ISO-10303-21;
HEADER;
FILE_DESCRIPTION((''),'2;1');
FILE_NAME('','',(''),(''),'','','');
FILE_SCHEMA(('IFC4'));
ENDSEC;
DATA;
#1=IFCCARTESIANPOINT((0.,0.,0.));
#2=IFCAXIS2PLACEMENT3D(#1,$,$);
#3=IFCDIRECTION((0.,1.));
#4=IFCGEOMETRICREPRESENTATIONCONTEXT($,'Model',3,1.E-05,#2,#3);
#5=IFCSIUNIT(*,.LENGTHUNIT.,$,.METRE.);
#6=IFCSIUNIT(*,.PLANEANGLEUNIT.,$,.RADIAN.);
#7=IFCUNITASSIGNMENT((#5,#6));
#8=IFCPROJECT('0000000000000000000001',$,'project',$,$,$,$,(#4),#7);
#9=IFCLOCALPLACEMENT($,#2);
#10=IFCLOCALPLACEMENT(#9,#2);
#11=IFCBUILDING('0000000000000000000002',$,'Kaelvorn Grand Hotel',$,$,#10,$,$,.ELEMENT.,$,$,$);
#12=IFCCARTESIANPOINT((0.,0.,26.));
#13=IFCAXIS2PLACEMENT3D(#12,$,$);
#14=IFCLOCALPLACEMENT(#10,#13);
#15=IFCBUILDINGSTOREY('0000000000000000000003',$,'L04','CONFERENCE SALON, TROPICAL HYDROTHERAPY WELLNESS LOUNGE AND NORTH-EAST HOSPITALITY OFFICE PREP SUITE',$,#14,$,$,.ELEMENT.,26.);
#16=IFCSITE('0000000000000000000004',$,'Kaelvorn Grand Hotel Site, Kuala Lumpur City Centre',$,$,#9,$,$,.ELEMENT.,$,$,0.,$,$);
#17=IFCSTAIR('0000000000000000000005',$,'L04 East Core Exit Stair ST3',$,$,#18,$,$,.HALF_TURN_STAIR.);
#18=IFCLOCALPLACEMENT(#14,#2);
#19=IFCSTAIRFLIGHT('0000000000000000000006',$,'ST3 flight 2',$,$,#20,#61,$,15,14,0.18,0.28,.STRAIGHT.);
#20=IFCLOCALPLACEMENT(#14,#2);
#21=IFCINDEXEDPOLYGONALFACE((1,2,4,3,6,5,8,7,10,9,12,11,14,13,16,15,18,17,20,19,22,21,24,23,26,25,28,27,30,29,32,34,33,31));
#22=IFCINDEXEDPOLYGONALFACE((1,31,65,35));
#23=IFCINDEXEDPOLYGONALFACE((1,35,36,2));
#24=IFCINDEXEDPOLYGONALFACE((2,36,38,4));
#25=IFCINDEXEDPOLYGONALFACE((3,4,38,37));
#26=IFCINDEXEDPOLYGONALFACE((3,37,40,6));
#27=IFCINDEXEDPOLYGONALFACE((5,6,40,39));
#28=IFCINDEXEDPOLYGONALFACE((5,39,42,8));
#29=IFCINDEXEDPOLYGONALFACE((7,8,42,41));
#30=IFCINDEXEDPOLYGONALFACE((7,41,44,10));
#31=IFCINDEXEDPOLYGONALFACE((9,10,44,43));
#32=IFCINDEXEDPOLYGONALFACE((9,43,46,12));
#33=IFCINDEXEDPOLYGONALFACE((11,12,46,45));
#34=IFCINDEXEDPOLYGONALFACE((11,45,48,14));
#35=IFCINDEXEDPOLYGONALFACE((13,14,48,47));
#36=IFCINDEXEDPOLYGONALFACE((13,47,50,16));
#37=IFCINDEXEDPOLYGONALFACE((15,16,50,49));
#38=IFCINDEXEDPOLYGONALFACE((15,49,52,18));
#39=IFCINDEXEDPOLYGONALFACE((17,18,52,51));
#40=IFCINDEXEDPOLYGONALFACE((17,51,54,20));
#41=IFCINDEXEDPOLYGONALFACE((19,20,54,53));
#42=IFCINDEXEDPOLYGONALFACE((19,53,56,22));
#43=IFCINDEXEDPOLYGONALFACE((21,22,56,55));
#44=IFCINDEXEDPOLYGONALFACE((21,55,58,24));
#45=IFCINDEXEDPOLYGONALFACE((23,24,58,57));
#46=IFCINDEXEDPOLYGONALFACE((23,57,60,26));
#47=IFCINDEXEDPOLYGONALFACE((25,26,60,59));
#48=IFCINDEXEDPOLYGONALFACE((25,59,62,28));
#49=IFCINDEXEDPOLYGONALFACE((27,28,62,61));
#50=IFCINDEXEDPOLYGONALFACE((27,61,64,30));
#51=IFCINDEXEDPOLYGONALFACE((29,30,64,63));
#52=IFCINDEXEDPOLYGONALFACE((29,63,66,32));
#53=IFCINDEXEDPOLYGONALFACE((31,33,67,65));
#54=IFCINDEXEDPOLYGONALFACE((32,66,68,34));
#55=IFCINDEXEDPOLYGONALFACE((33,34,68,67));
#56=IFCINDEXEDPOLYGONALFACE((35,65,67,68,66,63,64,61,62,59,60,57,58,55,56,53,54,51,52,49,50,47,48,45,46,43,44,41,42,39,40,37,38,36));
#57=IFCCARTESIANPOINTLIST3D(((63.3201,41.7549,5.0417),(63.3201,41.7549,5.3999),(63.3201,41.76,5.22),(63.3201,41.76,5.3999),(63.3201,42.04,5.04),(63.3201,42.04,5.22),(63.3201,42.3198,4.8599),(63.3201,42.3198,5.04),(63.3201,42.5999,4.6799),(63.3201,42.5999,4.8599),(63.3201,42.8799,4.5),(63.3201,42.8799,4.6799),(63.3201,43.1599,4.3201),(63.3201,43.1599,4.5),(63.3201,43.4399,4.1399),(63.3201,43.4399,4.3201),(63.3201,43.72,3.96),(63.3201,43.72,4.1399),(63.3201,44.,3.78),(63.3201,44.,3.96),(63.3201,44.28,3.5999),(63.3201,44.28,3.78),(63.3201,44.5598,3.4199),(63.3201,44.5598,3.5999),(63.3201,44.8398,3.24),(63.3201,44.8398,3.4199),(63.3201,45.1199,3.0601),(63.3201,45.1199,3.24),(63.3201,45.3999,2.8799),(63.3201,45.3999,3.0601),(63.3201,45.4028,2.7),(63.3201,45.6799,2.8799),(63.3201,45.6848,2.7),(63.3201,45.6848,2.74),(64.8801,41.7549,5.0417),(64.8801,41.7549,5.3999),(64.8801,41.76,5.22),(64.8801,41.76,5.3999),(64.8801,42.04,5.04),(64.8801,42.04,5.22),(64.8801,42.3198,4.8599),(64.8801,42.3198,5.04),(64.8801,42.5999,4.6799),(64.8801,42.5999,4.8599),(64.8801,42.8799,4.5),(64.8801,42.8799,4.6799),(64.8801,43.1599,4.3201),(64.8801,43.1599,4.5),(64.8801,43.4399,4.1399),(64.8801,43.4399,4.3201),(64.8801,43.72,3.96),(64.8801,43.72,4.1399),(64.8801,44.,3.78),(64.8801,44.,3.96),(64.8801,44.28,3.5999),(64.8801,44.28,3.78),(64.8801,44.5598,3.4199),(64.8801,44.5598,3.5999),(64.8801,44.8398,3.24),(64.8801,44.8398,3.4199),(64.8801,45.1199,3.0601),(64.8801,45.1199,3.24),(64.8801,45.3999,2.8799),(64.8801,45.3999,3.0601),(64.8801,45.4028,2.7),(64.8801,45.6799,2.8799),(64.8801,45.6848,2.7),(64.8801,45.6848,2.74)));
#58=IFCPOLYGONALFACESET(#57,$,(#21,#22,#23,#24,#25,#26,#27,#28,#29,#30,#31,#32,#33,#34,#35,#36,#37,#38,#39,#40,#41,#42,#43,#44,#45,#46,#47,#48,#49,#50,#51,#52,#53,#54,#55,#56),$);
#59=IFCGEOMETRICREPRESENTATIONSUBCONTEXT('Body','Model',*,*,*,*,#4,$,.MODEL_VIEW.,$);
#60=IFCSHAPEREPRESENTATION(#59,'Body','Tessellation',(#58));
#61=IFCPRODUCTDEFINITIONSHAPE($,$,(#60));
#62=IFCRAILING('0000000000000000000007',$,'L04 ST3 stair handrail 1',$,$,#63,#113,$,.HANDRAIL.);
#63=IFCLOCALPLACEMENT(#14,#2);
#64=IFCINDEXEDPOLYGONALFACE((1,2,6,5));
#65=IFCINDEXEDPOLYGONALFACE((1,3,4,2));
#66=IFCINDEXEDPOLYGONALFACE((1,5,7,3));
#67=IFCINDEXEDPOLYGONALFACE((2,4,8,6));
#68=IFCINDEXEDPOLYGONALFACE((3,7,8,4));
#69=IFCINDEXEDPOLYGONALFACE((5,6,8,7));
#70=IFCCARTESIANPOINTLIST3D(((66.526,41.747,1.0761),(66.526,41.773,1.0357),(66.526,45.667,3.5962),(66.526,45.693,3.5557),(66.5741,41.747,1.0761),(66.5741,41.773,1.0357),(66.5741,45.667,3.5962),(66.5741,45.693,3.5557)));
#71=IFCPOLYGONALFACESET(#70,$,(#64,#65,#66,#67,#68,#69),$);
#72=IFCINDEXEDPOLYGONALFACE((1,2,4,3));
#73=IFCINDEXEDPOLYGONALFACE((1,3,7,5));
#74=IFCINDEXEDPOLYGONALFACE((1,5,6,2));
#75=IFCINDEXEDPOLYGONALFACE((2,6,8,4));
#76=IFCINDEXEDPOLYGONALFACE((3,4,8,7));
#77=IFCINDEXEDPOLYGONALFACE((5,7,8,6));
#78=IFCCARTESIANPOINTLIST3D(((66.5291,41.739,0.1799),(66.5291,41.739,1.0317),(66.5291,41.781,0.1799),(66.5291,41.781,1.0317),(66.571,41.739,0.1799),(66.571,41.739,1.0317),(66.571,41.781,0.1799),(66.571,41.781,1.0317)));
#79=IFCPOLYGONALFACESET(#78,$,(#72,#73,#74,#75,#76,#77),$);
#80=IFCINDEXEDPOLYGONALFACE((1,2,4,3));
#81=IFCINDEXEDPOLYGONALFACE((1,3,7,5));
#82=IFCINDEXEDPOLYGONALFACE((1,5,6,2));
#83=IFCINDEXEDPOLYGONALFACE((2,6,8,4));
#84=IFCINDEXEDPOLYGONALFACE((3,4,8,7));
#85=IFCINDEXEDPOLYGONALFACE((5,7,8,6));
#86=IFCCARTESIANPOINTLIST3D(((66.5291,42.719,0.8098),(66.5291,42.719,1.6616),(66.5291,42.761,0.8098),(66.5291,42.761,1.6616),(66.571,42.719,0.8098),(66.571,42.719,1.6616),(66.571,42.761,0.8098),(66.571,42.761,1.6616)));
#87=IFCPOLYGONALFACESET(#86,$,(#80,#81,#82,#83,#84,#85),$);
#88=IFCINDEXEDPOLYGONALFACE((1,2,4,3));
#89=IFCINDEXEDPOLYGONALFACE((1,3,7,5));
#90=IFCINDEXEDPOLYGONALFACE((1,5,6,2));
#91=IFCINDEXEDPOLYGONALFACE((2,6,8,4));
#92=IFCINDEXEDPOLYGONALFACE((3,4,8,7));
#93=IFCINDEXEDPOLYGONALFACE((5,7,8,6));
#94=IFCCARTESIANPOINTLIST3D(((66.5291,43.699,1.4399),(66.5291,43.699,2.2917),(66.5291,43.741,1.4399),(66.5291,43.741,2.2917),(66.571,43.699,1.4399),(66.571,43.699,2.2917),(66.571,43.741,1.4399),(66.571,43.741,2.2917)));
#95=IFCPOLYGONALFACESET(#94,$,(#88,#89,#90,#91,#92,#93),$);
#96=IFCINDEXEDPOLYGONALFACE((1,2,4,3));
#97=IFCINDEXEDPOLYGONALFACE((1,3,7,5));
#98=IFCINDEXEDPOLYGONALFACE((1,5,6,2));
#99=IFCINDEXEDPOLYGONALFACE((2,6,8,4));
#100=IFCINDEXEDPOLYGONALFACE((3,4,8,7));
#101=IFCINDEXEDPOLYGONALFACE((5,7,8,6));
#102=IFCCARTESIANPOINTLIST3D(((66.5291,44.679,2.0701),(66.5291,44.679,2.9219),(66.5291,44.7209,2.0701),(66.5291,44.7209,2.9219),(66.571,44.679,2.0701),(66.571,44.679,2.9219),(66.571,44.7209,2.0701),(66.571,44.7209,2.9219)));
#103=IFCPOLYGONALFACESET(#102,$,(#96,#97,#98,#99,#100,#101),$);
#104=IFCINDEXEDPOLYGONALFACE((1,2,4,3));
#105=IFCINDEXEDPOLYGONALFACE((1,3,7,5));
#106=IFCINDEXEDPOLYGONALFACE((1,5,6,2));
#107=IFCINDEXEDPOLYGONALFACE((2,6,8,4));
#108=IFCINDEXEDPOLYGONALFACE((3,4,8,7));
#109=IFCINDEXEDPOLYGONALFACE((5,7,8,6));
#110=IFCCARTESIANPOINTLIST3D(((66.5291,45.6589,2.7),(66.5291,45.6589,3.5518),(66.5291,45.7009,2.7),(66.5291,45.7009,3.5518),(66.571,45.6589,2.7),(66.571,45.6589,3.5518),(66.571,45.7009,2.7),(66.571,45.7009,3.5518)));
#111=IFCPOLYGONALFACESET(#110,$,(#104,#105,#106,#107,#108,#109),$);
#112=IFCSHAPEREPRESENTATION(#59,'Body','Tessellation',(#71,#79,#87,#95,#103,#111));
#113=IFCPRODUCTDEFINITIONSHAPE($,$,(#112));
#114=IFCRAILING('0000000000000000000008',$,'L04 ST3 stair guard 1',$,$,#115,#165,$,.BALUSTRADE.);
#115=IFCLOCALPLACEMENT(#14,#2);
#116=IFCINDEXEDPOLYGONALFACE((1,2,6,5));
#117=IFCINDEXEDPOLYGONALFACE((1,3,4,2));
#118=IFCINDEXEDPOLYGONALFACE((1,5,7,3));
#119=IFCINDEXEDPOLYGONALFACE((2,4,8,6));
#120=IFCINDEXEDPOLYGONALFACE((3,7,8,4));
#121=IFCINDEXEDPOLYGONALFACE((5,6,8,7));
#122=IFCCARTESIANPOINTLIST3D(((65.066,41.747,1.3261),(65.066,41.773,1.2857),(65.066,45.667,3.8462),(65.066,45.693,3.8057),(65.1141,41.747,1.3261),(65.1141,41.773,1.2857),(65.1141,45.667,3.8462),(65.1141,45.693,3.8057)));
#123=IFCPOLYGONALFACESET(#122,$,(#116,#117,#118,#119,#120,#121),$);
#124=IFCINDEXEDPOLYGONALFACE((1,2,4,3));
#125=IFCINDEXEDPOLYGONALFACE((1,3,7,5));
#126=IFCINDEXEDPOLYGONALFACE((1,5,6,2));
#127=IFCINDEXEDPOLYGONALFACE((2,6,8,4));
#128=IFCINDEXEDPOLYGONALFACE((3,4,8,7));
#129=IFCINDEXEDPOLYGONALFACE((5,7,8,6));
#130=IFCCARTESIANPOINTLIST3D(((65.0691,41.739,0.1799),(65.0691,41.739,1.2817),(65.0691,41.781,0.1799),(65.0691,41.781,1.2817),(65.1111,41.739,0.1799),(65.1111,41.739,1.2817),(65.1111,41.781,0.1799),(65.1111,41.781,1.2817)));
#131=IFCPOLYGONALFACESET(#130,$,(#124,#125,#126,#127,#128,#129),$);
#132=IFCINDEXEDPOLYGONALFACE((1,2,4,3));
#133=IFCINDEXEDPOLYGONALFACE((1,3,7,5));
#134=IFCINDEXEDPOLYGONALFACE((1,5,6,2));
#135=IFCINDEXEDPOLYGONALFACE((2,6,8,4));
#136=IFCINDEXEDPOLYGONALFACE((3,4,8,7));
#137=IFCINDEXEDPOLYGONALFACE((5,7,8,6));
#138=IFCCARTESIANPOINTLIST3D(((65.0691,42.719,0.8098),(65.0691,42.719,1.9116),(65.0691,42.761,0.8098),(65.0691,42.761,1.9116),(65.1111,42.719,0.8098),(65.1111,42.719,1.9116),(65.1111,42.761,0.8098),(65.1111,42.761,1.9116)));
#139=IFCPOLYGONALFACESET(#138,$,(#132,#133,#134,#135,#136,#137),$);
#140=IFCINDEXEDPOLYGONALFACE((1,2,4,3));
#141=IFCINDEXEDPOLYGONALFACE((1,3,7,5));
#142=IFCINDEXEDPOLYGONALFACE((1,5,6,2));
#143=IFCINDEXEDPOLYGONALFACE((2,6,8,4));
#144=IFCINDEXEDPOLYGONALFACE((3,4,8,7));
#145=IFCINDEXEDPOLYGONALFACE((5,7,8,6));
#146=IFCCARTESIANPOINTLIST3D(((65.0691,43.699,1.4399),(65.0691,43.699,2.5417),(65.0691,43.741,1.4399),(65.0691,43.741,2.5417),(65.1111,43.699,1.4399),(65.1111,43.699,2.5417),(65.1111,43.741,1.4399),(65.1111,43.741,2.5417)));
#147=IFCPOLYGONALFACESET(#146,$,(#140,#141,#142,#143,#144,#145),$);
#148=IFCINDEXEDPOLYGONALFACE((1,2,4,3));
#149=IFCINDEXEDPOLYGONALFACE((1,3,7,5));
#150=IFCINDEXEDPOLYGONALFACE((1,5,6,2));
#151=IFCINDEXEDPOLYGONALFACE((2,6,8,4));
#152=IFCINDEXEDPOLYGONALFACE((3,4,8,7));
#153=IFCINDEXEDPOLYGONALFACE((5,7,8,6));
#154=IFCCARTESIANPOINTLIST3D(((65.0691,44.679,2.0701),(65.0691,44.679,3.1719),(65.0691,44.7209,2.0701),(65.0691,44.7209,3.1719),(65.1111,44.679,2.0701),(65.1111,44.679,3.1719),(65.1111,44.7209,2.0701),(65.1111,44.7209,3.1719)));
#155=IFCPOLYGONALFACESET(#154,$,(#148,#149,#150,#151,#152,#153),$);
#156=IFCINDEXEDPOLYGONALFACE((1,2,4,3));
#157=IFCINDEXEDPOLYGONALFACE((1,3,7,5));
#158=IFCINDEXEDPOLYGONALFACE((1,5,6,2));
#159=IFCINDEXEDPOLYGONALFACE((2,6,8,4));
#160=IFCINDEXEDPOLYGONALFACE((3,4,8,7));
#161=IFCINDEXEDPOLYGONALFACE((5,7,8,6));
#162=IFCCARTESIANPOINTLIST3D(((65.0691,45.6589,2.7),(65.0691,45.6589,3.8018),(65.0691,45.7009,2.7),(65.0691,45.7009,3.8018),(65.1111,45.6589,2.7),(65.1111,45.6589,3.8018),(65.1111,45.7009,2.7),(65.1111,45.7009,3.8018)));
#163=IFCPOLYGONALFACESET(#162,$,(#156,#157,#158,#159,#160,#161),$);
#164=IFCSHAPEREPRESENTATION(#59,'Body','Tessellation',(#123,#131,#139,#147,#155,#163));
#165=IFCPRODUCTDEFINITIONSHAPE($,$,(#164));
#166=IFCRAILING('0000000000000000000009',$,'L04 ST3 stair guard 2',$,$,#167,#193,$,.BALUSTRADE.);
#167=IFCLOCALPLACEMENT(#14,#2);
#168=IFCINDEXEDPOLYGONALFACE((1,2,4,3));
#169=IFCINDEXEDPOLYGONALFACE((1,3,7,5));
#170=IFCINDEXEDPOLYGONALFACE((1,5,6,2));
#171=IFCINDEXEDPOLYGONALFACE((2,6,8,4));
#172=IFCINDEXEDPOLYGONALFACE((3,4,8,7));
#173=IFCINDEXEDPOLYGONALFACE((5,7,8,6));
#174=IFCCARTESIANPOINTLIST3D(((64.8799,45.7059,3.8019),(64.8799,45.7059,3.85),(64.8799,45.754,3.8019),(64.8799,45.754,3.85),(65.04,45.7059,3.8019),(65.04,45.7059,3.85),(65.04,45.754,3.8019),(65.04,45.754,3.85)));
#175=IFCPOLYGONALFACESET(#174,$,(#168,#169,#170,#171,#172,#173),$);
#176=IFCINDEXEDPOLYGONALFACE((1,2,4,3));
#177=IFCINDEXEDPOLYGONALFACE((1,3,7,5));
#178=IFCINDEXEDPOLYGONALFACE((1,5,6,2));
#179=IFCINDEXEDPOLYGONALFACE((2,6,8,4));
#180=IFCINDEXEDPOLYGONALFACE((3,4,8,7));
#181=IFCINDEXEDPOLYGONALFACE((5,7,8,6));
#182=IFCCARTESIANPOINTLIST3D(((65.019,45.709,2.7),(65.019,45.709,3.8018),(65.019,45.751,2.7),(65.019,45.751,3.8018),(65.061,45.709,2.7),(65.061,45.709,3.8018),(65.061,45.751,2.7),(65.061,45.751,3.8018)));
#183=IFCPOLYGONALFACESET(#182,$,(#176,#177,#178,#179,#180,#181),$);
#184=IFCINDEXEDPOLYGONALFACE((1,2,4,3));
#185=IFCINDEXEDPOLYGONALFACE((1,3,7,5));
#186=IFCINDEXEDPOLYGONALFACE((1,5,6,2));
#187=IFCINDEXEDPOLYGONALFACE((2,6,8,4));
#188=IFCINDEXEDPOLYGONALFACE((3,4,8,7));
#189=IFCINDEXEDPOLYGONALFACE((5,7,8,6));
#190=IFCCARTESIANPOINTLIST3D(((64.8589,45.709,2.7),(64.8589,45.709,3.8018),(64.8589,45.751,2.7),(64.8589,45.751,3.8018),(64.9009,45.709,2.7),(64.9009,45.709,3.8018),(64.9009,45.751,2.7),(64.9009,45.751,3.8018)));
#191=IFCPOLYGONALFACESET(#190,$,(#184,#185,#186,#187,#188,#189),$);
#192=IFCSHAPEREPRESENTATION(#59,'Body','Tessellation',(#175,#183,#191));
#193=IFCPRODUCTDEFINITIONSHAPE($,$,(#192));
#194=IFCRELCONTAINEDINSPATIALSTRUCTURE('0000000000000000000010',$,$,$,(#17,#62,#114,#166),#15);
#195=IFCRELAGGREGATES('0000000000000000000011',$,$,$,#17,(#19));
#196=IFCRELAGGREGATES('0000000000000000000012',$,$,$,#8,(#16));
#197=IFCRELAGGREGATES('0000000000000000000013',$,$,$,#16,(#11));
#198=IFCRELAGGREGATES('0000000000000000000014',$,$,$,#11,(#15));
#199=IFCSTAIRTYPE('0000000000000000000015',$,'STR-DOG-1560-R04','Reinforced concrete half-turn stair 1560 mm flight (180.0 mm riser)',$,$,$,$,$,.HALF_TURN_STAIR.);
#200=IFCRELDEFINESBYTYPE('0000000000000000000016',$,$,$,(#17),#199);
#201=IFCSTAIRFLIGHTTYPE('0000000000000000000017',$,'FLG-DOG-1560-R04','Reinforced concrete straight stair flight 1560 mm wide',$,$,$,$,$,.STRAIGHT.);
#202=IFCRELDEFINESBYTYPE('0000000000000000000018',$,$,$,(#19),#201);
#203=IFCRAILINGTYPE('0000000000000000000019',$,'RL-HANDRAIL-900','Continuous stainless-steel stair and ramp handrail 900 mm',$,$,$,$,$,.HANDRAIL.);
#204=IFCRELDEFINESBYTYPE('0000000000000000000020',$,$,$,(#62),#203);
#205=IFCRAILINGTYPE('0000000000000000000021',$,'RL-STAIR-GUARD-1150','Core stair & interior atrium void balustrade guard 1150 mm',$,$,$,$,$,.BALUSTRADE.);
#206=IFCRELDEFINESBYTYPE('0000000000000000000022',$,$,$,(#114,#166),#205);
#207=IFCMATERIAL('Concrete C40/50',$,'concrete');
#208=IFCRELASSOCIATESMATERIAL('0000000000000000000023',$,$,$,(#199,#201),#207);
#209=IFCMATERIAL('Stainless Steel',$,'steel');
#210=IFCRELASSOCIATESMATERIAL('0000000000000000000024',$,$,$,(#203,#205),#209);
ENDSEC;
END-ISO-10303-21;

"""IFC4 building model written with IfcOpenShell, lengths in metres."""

from ifc_helpers import new_model, si_unit, direction, frame, origin, origin_2d, place, context, subcontext, project, spatial, polyline, rectangle, outline, extrude, material, type_object, element, aggregate, save


model = new_model("IFC4")

# Units and contexts
model_context = context("Model", 3, precision=1e-05, world=origin(), true_north=direction((0.0, 1.0)))
body_context = subcontext(model_context, "Body", "Model", "MODEL_VIEW")
ifc_project = project(units=[si_unit("LENGTHUNIT", "METRE"), si_unit("PLANEANGLEUNIT", "RADIAN")], contexts=[model_context])

# Site, building, storey
site_placement = place(None, origin())
site = spatial("IfcSite", under=ifc_project, at=site_placement, Name="Kaelvorn Grand Hotel Site, Kuala Lumpur City Centre", CompositionType="ELEMENT", RefElevation=0.0)
building_placement = place(site_placement, origin())
building = spatial("IfcBuilding", under=site, at=building_placement, Name="Kaelvorn Grand Hotel", CompositionType="ELEMENT")
storey_placement = place(building_placement, frame((0.0, 0.0, 26.0)))
storey = spatial("IfcBuildingStorey", under=building, at=storey_placement, Name="L04", Description="CONFERENCE SALON, TROPICAL HYDROTHERAPY WELLNESS LOUNGE AND NORTH-EAST HOSPITALITY OFFICE PREP SUITE", CompositionType="ELEMENT", Elevation=26.0)

# Shared definitions
ifc_material_1 = material(Name="Concrete C40/50", Category="concrete")

# Stair, stair flight
stair_type = type_object("IfcStairType", Name="STR-DOG-1560-R04", Description="Reinforced concrete half-turn stair 1560 mm flight (180.0 mm riser)", PredefinedType="HALF_TURN_STAIR", material=ifc_material_1)
stair_placement = place(storey_placement, origin())
stair = element("IfcStair", 1, at=stair_placement, inside=storey, type_object=stair_type, Name="L04 East Core Exit Stair ST3", PredefinedType="HALF_TURN_STAIR")
stair_flight_type = type_object("IfcStairFlightType", Name="FLG-DOG-1560-R04", Description="Reinforced concrete straight stair flight 1560 mm wide", PredefinedType="STRAIGHT", material=ifc_material_1)
stair_flight_1_placement = place(storey_placement, frame((64.1001, 45.6799, 2.7), z_axis=(0.0, 0.0, 1.0), x_axis=(0.0, -1.0, 0.0)))
stair_flight_1 = element("IfcStairFlight", 2, at=stair_flight_1_placement, type_object=stair_flight_type, Name="ST3 flight 2", NumberOfRisers=15, NumberOfTreads=14, PredefinedType="STRAIGHT", RiserHeight=0.18, TreadLength=0.28, context=body_context, shape_type="SweptSolid", body=[
    extrude(outline(polyline([(-0.0049, 0.0), (-0.0049, 0.04), (0.0, 0.1799), (0.28, 0.1799), (0.28, 0.3601), (0.5601, 0.3601), (0.5601, 0.54), (0.8401, 0.54), (0.8401, 0.72), (1.1201, 0.72), (1.1201, 0.8999), (1.3999, 0.8999), (1.3999, 1.0801), (1.6799, 1.0801), (1.6799, 1.26), (1.96, 1.26), (1.96, 1.4399), (2.24, 1.4399), (2.24, 1.6201), (2.52, 1.6201), (2.52, 1.8), (2.8, 1.8), (2.8, 1.98), (3.0801, 1.98), (3.0801, 2.1599), (3.3601, 2.1599), (3.3601, 2.3401), (3.6399, 2.3401), (3.6399, 2.52), (3.9199, 2.52), (3.9199, 2.7), (3.925, 2.7), (3.925, 2.3418), (0.2771, 0.0), (-0.0049, 0.0)])), frame((0.0, 0.78, 0.0), z_axis=(0.0, -1.0, 0.0), x_axis=(1.0, 0.0, 0.0)), (0.0, 0.0, 1.0), 1.5601),
])
aggregate(stair, [stair_flight_1])

# Railings
ifc_material_2 = material(Name="Stainless Steel", Category="steel")
railing_type_1 = type_object("IfcRailingType", Name="RL-HANDRAIL-900", Description="Continuous stainless-steel stair and ramp handrail 900 mm", PredefinedType="HANDRAIL", material=ifc_material_2)
railing_1_placement = place(storey_placement, frame((66.55, 41.76, 0.1799)))
element("IfcRailing", 3, at=railing_1_placement, inside=storey, type_object=railing_type_1, Name="L04 ST3 stair handrail 1", PredefinedType="HANDRAIL", context=body_context, shape_type="SweptSolid", body=[
    extrude(rectangle(XDim=0.0481, YDim=0.0481, at=origin_2d()), frame((0.0, 0.0, 0.876), z_axis=(0.0, 0.841172, 0.540768), x_axis=(-1.0, 0.0, 0.0)), (0.0, 0.0, 1.0), 4.6602),
    extrude(rectangle(XDim=0.042, YDim=0.042, at=origin_2d()), origin(), (0.0, 0.0, 1.0), 0.8518),
    extrude(rectangle(XDim=0.042, YDim=0.042, at=origin_2d()), frame((0.0, 0.98, 0.6299)), (0.0, 0.0, 1.0), 0.8518),
    extrude(rectangle(XDim=0.042, YDim=0.042, at=origin_2d()), frame((0.0, 1.96, 1.26)), (0.0, 0.0, 1.0), 0.8518),
    extrude(rectangle(XDim=0.042, YDim=0.042, at=origin_2d()), frame((0.0, 2.9399, 1.8901)), (0.0, 0.0, 1.0), 0.8518),
    extrude(rectangle(XDim=0.042, YDim=0.042, at=origin_2d()), frame((0.0, 3.9199, 2.52)), (0.0, 0.0, 1.0), 0.8518),
])
railing_type_2 = type_object("IfcRailingType", Name="RL-STAIR-GUARD-1150", Description="Core stair & interior atrium void balustrade guard 1150 mm", PredefinedType="BALUSTRADE", material=ifc_material_2)
railing_2_placement = place(storey_placement, frame((65.0901, 41.76, 0.1799)))
element("IfcRailing", 4, at=railing_2_placement, inside=storey, type_object=railing_type_2, Name="L04 ST3 stair guard 1", PredefinedType="BALUSTRADE", context=body_context, shape_type="SweptSolid", body=[
    extrude(rectangle(XDim=0.0481, YDim=0.0481, at=origin_2d()), frame((0.0, 0.0, 1.126), z_axis=(0.0, 0.841172, 0.540768), x_axis=(-1.0, 0.0, 0.0)), (0.0, 0.0, 1.0), 4.6602),
    extrude(rectangle(XDim=0.042, YDim=0.042, at=origin_2d()), origin(), (0.0, 0.0, 1.0), 1.1018),
    extrude(rectangle(XDim=0.042, YDim=0.042, at=origin_2d()), frame((0.0, 0.98, 0.6299)), (0.0, 0.0, 1.0), 1.1018),
    extrude(rectangle(XDim=0.042, YDim=0.042, at=origin_2d()), frame((0.0, 1.96, 1.26)), (0.0, 0.0, 1.0), 1.1018),
    extrude(rectangle(XDim=0.042, YDim=0.042, at=origin_2d()), frame((0.0, 2.9399, 1.8901)), (0.0, 0.0, 1.0), 1.1018),
    extrude(rectangle(XDim=0.042, YDim=0.042, at=origin_2d()), frame((0.0, 3.9199, 2.52)), (0.0, 0.0, 1.0), 1.1018),
])
railing_3_placement = place(storey_placement, frame((65.04, 45.73, 2.7)))
element("IfcRailing", 5, at=railing_3_placement, inside=storey, type_object=railing_type_2, Name="L04 ST3 stair guard 2", PredefinedType="BALUSTRADE", context=body_context, shape_type="SweptSolid", body=[
    extrude(rectangle(XDim=0.0481, YDim=0.0481, at=origin_2d()), frame((0.0, 0.0, 1.126), z_axis=(-1.0, 0.0, 0.0), x_axis=(0.0, -1.0, 0.0)), (0.0, 0.0, 1.0), 0.1602),
    extrude(rectangle(XDim=0.042, YDim=0.042, at=origin_2d()), origin(), (0.0, 0.0, 1.0), 1.1018),
    extrude(rectangle(XDim=0.042, YDim=0.042, at=origin_2d()), frame((-0.1602, 0.0, 0.0)), (0.0, 0.0, 1.0), 1.1018),
])

save(model, "model.ifc")
